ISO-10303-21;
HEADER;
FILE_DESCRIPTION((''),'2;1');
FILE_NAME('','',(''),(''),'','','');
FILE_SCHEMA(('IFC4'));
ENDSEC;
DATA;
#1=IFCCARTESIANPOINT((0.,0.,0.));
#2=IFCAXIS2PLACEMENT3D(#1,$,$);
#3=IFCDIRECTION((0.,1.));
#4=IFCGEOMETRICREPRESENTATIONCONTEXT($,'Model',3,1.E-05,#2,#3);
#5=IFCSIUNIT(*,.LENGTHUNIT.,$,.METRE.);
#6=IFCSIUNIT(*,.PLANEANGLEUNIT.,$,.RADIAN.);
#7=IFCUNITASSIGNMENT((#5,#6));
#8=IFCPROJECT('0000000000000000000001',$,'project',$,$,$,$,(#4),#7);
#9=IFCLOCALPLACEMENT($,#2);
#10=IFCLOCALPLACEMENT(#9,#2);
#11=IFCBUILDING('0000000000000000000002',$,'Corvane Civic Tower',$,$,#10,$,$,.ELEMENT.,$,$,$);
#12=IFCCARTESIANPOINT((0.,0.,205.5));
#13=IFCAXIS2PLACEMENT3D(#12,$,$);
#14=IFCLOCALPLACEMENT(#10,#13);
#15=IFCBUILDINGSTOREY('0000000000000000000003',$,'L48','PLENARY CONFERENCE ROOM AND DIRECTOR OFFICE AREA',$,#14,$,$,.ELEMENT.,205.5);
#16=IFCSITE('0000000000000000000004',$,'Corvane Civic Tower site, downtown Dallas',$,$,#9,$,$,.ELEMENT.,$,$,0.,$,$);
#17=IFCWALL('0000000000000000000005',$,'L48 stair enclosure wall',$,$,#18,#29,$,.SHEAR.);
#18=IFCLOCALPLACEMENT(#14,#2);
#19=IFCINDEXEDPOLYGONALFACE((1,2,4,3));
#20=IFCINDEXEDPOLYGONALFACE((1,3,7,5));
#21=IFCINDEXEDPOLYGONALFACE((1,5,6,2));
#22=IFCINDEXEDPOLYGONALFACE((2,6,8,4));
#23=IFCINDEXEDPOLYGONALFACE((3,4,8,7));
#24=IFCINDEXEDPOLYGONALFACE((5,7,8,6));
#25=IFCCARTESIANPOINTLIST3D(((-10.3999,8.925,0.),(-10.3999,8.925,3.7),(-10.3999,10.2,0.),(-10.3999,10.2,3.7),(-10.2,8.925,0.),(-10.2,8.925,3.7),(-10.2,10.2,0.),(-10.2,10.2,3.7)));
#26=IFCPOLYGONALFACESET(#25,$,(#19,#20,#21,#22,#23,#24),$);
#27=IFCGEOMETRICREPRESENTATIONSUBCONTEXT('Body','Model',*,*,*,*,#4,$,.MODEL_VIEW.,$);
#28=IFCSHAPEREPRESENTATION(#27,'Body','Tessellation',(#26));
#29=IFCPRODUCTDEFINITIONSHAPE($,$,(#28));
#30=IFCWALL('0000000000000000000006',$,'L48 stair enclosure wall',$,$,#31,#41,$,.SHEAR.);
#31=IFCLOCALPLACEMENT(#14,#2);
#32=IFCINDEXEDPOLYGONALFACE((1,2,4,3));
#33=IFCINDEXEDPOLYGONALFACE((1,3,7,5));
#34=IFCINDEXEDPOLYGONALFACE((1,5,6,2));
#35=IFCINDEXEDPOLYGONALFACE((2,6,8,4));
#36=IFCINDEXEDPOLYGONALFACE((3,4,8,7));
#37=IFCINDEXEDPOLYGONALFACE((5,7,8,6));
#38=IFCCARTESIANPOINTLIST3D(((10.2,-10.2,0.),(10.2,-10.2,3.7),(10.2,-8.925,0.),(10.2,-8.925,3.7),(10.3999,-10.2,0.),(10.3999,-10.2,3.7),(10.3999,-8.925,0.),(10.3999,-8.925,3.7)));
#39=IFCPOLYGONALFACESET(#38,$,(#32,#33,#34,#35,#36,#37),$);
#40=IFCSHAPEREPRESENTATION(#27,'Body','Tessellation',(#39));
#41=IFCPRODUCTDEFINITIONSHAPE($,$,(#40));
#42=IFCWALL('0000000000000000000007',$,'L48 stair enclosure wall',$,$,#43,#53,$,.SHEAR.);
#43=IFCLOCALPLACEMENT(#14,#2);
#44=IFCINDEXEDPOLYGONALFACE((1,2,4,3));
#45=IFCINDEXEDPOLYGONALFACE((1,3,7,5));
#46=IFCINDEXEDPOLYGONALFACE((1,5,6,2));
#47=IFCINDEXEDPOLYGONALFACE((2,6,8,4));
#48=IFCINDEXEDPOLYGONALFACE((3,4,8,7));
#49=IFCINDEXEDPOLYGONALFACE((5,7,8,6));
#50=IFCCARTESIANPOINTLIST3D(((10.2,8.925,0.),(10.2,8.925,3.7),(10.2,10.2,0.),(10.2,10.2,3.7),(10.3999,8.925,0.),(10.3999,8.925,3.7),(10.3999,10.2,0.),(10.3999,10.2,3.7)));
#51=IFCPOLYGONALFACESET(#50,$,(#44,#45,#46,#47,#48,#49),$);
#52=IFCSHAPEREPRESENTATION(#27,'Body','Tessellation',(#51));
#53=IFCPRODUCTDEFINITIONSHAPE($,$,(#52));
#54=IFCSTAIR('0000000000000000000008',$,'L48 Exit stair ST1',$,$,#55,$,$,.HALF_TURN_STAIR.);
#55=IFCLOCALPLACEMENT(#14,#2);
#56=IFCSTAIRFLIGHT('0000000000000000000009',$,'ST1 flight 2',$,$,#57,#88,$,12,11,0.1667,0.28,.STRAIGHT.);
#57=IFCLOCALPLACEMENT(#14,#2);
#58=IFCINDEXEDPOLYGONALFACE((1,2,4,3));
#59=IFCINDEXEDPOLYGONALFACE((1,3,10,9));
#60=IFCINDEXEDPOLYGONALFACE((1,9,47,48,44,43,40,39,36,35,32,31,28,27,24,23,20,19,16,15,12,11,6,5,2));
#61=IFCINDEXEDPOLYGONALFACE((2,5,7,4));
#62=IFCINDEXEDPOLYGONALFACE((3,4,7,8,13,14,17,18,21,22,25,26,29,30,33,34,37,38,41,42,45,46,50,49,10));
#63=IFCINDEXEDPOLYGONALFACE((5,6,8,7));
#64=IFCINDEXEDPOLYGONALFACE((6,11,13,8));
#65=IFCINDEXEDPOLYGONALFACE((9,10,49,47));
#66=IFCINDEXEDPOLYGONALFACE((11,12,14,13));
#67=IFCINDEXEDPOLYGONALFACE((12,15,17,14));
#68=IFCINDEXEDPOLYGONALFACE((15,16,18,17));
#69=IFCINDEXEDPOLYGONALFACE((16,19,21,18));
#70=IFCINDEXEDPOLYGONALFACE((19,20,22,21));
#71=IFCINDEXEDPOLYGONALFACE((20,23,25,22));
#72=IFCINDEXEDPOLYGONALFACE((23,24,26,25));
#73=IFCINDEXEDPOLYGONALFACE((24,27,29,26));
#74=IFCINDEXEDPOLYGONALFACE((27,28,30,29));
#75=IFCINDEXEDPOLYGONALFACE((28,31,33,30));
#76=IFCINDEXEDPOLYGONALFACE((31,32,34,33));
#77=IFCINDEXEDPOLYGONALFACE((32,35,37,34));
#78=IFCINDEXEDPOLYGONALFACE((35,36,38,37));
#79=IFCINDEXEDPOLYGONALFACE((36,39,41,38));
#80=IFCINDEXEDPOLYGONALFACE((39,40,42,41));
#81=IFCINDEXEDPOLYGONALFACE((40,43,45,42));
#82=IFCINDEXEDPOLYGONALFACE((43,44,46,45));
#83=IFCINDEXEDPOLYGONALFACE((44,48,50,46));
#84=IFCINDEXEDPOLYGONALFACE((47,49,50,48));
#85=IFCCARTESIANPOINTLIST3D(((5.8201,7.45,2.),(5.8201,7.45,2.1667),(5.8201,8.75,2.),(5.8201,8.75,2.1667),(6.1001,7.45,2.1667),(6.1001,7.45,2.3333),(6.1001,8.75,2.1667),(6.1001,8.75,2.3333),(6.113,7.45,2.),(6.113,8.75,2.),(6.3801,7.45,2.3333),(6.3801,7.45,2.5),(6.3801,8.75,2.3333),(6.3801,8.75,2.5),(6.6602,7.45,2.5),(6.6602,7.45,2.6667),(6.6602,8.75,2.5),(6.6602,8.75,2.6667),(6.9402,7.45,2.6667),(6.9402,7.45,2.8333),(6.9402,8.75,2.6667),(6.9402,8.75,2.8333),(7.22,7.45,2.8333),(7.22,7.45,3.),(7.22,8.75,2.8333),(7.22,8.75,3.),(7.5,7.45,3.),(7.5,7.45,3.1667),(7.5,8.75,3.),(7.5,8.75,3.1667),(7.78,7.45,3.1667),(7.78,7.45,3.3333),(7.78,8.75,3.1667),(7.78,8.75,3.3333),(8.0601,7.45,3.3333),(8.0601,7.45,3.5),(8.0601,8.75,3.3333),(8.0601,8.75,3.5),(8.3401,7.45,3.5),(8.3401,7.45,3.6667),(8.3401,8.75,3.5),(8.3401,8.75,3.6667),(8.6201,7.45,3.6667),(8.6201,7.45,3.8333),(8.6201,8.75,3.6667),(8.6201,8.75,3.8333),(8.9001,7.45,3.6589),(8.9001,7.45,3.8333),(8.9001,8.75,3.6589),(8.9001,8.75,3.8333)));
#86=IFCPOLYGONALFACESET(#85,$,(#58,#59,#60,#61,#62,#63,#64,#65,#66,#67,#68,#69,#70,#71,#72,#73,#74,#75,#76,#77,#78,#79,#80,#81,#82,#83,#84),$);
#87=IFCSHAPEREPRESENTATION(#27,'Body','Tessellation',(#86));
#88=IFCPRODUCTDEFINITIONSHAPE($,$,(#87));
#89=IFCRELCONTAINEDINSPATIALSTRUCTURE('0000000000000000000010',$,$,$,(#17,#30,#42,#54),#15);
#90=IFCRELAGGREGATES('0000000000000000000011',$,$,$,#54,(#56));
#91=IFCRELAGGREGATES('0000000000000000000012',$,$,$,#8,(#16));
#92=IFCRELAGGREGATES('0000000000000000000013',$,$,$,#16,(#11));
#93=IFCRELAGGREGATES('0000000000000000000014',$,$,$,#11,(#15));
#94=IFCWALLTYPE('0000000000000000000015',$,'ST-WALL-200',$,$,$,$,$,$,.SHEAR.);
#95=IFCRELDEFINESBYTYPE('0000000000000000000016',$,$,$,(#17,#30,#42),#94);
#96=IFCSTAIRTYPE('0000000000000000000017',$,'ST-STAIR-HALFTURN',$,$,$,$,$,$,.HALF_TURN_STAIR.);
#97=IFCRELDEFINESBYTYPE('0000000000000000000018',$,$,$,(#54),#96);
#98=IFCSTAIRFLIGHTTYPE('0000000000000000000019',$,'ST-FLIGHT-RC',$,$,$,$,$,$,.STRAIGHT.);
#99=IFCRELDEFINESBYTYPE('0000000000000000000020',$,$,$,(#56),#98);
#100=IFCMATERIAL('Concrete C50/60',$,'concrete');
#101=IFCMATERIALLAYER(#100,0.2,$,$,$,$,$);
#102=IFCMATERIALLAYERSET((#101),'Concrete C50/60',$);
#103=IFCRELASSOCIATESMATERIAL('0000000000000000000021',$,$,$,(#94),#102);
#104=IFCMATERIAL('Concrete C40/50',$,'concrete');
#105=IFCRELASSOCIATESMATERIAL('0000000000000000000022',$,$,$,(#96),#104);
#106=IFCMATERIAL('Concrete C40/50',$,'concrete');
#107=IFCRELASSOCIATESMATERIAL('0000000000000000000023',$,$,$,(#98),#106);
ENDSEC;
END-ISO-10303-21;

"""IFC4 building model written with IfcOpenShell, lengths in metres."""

from ifc_helpers import new_model, si_unit, direction, frame, origin, place, context, subcontext, project, spatial, polyline, outline, extrude, material, layer, layer_set, type_object, element, aggregate, save


model = new_model("IFC4")

# Units and contexts
model_context = context("Model", 3, precision=1e-05, world=origin(), true_north=direction((0.0, 1.0)))
body_context = subcontext(model_context, "Body", "Model", "MODEL_VIEW")
ifc_project = project(units=[si_unit("LENGTHUNIT", "METRE"), si_unit("PLANEANGLEUNIT", "RADIAN")], contexts=[model_context])

# Site, building, storey
site_placement = place(None, origin())
site = spatial("IfcSite", under=ifc_project, at=site_placement, Name="Corvane Civic Tower site, downtown Dallas", CompositionType="ELEMENT", RefElevation=0.0)
building_placement = place(site_placement, origin())
building = spatial("IfcBuilding", under=site, at=building_placement, Name="Corvane Civic Tower", CompositionType="ELEMENT")
storey_placement = place(building_placement, frame((0.0, 0.0, 205.5)))
storey = spatial("IfcBuildingStorey", under=building, at=storey_placement, Name="L48", Description="PLENARY CONFERENCE ROOM AND DIRECTOR OFFICE AREA", CompositionType="ELEMENT", Elevation=205.5)

# Shared definitions
ifc_material_1 = material(Name="Concrete C50/60", Category="concrete")
ifc_layer_1 = layer(ifc_material_1, 0.2)
ifc_layer_set_1 = layer_set([ifc_layer_1], Name="Concrete C50/60")
wall_type_1 = type_object("IfcWallType", Name="ST-WALL-200", PredefinedType="SHEAR", material=ifc_layer_set_1)

# Walls
wall_1_placement = place(storey_placement, origin())
element("IfcWall", 1, at=wall_1_placement, inside=storey, type_object=wall_type_1, Name="L48 stair enclosure wall", PredefinedType="SHEAR", context=body_context, shape_type="SweptSolid", body=[
    extrude(outline(polyline([(-10.2, 8.925), (-10.3999, 8.925), (-10.3999, 10.2), (-10.2, 10.2), (-10.2, 8.925)])), origin(), (0.0, 0.0, 1.0), 3.7),
])
wall_2_placement = place(storey_placement, origin())
element("IfcWall", 2, at=wall_2_placement, inside=storey, type_object=wall_type_1, Name="L48 stair enclosure wall", PredefinedType="SHEAR", context=body_context, shape_type="SweptSolid", body=[
    extrude(outline(polyline([(10.3999, -8.925), (10.3999, -10.2), (10.2, -10.2), (10.2, -8.925), (10.3999, -8.925)])), origin(), (0.0, 0.0, 1.0), 3.7),
])
wall_3_placement = place(storey_placement, origin())
element("IfcWall", 3, at=wall_3_placement, inside=storey, type_object=wall_type_1, Name="L48 stair enclosure wall", PredefinedType="SHEAR", context=body_context, shape_type="SweptSolid", body=[
    extrude(outline(polyline([(10.3999, 8.925), (10.2, 8.925), (10.2, 10.2), (10.3999, 10.2), (10.3999, 8.925)])), origin(), (0.0, 0.0, 1.0), 3.7),
])

# Stair, stair flight
ifc_material_2 = material(Name="Concrete C40/50", Category="concrete")
stair_type = type_object("IfcStairType", Name="ST-STAIR-HALFTURN", PredefinedType="HALF_TURN_STAIR", material=ifc_material_2)
stair_placement = place(storey_placement, origin())
stair = element("IfcStair", 4, at=stair_placement, inside=storey, type_object=stair_type, Name="L48 Exit stair ST1", PredefinedType="HALF_TURN_STAIR")
ifc_material_3 = material(Name="Concrete C40/50", Category="concrete")
stair_flight_type = type_object("IfcStairFlightType", Name="ST-FLIGHT-RC", PredefinedType="STRAIGHT", material=ifc_material_3)
stair_flight_placement = place(storey_placement, frame((5.8201, 8.1001, 2.0), z_axis=(0.0, 0.0, 1.0), x_axis=(1.0, 0.0, 0.0)))
stair_flight = element("IfcStairFlight", 5, at=stair_flight_placement, type_object=stair_flight_type, Name="ST1 flight 2", NumberOfRisers=12, NumberOfTreads=11, PredefinedType="STRAIGHT", RiserHeight=0.1667, TreadLength=0.28, context=body_context, shape_type="SweptSolid", body=[
    extrude(outline(polyline([(0.0, 0.0), (0.0, 0.1667), (0.28, 0.1667), (0.28, 0.3333), (0.5601, 0.3333), (0.5601, 0.5), (0.8401, 0.5), (0.8401, 0.6667), (1.1201, 0.6667), (1.1201, 0.8333), (1.3999, 0.8333), (1.3999, 1.0), (1.6799, 1.0), (1.6799, 1.1667), (1.96, 1.1667), (1.96, 1.3333), (2.24, 1.3333), (2.24, 1.5), (2.52, 1.5), (2.52, 1.6667), (2.8, 1.6667), (2.8, 1.8333), (3.0801, 1.8333), (3.0801, 2.0), (3.0801, 1.6589), (0.293, 0.0), (0.0, 0.0)])), frame((0.0, 0.6499, 0.0), z_axis=(0.0, -1.0, 0.0), x_axis=(1.0, 0.0, 0.0)), (0.0, 0.0, 1.0), 1.3),
])
aggregate(stair, [stair_flight])

save(model, "model.ifc")
